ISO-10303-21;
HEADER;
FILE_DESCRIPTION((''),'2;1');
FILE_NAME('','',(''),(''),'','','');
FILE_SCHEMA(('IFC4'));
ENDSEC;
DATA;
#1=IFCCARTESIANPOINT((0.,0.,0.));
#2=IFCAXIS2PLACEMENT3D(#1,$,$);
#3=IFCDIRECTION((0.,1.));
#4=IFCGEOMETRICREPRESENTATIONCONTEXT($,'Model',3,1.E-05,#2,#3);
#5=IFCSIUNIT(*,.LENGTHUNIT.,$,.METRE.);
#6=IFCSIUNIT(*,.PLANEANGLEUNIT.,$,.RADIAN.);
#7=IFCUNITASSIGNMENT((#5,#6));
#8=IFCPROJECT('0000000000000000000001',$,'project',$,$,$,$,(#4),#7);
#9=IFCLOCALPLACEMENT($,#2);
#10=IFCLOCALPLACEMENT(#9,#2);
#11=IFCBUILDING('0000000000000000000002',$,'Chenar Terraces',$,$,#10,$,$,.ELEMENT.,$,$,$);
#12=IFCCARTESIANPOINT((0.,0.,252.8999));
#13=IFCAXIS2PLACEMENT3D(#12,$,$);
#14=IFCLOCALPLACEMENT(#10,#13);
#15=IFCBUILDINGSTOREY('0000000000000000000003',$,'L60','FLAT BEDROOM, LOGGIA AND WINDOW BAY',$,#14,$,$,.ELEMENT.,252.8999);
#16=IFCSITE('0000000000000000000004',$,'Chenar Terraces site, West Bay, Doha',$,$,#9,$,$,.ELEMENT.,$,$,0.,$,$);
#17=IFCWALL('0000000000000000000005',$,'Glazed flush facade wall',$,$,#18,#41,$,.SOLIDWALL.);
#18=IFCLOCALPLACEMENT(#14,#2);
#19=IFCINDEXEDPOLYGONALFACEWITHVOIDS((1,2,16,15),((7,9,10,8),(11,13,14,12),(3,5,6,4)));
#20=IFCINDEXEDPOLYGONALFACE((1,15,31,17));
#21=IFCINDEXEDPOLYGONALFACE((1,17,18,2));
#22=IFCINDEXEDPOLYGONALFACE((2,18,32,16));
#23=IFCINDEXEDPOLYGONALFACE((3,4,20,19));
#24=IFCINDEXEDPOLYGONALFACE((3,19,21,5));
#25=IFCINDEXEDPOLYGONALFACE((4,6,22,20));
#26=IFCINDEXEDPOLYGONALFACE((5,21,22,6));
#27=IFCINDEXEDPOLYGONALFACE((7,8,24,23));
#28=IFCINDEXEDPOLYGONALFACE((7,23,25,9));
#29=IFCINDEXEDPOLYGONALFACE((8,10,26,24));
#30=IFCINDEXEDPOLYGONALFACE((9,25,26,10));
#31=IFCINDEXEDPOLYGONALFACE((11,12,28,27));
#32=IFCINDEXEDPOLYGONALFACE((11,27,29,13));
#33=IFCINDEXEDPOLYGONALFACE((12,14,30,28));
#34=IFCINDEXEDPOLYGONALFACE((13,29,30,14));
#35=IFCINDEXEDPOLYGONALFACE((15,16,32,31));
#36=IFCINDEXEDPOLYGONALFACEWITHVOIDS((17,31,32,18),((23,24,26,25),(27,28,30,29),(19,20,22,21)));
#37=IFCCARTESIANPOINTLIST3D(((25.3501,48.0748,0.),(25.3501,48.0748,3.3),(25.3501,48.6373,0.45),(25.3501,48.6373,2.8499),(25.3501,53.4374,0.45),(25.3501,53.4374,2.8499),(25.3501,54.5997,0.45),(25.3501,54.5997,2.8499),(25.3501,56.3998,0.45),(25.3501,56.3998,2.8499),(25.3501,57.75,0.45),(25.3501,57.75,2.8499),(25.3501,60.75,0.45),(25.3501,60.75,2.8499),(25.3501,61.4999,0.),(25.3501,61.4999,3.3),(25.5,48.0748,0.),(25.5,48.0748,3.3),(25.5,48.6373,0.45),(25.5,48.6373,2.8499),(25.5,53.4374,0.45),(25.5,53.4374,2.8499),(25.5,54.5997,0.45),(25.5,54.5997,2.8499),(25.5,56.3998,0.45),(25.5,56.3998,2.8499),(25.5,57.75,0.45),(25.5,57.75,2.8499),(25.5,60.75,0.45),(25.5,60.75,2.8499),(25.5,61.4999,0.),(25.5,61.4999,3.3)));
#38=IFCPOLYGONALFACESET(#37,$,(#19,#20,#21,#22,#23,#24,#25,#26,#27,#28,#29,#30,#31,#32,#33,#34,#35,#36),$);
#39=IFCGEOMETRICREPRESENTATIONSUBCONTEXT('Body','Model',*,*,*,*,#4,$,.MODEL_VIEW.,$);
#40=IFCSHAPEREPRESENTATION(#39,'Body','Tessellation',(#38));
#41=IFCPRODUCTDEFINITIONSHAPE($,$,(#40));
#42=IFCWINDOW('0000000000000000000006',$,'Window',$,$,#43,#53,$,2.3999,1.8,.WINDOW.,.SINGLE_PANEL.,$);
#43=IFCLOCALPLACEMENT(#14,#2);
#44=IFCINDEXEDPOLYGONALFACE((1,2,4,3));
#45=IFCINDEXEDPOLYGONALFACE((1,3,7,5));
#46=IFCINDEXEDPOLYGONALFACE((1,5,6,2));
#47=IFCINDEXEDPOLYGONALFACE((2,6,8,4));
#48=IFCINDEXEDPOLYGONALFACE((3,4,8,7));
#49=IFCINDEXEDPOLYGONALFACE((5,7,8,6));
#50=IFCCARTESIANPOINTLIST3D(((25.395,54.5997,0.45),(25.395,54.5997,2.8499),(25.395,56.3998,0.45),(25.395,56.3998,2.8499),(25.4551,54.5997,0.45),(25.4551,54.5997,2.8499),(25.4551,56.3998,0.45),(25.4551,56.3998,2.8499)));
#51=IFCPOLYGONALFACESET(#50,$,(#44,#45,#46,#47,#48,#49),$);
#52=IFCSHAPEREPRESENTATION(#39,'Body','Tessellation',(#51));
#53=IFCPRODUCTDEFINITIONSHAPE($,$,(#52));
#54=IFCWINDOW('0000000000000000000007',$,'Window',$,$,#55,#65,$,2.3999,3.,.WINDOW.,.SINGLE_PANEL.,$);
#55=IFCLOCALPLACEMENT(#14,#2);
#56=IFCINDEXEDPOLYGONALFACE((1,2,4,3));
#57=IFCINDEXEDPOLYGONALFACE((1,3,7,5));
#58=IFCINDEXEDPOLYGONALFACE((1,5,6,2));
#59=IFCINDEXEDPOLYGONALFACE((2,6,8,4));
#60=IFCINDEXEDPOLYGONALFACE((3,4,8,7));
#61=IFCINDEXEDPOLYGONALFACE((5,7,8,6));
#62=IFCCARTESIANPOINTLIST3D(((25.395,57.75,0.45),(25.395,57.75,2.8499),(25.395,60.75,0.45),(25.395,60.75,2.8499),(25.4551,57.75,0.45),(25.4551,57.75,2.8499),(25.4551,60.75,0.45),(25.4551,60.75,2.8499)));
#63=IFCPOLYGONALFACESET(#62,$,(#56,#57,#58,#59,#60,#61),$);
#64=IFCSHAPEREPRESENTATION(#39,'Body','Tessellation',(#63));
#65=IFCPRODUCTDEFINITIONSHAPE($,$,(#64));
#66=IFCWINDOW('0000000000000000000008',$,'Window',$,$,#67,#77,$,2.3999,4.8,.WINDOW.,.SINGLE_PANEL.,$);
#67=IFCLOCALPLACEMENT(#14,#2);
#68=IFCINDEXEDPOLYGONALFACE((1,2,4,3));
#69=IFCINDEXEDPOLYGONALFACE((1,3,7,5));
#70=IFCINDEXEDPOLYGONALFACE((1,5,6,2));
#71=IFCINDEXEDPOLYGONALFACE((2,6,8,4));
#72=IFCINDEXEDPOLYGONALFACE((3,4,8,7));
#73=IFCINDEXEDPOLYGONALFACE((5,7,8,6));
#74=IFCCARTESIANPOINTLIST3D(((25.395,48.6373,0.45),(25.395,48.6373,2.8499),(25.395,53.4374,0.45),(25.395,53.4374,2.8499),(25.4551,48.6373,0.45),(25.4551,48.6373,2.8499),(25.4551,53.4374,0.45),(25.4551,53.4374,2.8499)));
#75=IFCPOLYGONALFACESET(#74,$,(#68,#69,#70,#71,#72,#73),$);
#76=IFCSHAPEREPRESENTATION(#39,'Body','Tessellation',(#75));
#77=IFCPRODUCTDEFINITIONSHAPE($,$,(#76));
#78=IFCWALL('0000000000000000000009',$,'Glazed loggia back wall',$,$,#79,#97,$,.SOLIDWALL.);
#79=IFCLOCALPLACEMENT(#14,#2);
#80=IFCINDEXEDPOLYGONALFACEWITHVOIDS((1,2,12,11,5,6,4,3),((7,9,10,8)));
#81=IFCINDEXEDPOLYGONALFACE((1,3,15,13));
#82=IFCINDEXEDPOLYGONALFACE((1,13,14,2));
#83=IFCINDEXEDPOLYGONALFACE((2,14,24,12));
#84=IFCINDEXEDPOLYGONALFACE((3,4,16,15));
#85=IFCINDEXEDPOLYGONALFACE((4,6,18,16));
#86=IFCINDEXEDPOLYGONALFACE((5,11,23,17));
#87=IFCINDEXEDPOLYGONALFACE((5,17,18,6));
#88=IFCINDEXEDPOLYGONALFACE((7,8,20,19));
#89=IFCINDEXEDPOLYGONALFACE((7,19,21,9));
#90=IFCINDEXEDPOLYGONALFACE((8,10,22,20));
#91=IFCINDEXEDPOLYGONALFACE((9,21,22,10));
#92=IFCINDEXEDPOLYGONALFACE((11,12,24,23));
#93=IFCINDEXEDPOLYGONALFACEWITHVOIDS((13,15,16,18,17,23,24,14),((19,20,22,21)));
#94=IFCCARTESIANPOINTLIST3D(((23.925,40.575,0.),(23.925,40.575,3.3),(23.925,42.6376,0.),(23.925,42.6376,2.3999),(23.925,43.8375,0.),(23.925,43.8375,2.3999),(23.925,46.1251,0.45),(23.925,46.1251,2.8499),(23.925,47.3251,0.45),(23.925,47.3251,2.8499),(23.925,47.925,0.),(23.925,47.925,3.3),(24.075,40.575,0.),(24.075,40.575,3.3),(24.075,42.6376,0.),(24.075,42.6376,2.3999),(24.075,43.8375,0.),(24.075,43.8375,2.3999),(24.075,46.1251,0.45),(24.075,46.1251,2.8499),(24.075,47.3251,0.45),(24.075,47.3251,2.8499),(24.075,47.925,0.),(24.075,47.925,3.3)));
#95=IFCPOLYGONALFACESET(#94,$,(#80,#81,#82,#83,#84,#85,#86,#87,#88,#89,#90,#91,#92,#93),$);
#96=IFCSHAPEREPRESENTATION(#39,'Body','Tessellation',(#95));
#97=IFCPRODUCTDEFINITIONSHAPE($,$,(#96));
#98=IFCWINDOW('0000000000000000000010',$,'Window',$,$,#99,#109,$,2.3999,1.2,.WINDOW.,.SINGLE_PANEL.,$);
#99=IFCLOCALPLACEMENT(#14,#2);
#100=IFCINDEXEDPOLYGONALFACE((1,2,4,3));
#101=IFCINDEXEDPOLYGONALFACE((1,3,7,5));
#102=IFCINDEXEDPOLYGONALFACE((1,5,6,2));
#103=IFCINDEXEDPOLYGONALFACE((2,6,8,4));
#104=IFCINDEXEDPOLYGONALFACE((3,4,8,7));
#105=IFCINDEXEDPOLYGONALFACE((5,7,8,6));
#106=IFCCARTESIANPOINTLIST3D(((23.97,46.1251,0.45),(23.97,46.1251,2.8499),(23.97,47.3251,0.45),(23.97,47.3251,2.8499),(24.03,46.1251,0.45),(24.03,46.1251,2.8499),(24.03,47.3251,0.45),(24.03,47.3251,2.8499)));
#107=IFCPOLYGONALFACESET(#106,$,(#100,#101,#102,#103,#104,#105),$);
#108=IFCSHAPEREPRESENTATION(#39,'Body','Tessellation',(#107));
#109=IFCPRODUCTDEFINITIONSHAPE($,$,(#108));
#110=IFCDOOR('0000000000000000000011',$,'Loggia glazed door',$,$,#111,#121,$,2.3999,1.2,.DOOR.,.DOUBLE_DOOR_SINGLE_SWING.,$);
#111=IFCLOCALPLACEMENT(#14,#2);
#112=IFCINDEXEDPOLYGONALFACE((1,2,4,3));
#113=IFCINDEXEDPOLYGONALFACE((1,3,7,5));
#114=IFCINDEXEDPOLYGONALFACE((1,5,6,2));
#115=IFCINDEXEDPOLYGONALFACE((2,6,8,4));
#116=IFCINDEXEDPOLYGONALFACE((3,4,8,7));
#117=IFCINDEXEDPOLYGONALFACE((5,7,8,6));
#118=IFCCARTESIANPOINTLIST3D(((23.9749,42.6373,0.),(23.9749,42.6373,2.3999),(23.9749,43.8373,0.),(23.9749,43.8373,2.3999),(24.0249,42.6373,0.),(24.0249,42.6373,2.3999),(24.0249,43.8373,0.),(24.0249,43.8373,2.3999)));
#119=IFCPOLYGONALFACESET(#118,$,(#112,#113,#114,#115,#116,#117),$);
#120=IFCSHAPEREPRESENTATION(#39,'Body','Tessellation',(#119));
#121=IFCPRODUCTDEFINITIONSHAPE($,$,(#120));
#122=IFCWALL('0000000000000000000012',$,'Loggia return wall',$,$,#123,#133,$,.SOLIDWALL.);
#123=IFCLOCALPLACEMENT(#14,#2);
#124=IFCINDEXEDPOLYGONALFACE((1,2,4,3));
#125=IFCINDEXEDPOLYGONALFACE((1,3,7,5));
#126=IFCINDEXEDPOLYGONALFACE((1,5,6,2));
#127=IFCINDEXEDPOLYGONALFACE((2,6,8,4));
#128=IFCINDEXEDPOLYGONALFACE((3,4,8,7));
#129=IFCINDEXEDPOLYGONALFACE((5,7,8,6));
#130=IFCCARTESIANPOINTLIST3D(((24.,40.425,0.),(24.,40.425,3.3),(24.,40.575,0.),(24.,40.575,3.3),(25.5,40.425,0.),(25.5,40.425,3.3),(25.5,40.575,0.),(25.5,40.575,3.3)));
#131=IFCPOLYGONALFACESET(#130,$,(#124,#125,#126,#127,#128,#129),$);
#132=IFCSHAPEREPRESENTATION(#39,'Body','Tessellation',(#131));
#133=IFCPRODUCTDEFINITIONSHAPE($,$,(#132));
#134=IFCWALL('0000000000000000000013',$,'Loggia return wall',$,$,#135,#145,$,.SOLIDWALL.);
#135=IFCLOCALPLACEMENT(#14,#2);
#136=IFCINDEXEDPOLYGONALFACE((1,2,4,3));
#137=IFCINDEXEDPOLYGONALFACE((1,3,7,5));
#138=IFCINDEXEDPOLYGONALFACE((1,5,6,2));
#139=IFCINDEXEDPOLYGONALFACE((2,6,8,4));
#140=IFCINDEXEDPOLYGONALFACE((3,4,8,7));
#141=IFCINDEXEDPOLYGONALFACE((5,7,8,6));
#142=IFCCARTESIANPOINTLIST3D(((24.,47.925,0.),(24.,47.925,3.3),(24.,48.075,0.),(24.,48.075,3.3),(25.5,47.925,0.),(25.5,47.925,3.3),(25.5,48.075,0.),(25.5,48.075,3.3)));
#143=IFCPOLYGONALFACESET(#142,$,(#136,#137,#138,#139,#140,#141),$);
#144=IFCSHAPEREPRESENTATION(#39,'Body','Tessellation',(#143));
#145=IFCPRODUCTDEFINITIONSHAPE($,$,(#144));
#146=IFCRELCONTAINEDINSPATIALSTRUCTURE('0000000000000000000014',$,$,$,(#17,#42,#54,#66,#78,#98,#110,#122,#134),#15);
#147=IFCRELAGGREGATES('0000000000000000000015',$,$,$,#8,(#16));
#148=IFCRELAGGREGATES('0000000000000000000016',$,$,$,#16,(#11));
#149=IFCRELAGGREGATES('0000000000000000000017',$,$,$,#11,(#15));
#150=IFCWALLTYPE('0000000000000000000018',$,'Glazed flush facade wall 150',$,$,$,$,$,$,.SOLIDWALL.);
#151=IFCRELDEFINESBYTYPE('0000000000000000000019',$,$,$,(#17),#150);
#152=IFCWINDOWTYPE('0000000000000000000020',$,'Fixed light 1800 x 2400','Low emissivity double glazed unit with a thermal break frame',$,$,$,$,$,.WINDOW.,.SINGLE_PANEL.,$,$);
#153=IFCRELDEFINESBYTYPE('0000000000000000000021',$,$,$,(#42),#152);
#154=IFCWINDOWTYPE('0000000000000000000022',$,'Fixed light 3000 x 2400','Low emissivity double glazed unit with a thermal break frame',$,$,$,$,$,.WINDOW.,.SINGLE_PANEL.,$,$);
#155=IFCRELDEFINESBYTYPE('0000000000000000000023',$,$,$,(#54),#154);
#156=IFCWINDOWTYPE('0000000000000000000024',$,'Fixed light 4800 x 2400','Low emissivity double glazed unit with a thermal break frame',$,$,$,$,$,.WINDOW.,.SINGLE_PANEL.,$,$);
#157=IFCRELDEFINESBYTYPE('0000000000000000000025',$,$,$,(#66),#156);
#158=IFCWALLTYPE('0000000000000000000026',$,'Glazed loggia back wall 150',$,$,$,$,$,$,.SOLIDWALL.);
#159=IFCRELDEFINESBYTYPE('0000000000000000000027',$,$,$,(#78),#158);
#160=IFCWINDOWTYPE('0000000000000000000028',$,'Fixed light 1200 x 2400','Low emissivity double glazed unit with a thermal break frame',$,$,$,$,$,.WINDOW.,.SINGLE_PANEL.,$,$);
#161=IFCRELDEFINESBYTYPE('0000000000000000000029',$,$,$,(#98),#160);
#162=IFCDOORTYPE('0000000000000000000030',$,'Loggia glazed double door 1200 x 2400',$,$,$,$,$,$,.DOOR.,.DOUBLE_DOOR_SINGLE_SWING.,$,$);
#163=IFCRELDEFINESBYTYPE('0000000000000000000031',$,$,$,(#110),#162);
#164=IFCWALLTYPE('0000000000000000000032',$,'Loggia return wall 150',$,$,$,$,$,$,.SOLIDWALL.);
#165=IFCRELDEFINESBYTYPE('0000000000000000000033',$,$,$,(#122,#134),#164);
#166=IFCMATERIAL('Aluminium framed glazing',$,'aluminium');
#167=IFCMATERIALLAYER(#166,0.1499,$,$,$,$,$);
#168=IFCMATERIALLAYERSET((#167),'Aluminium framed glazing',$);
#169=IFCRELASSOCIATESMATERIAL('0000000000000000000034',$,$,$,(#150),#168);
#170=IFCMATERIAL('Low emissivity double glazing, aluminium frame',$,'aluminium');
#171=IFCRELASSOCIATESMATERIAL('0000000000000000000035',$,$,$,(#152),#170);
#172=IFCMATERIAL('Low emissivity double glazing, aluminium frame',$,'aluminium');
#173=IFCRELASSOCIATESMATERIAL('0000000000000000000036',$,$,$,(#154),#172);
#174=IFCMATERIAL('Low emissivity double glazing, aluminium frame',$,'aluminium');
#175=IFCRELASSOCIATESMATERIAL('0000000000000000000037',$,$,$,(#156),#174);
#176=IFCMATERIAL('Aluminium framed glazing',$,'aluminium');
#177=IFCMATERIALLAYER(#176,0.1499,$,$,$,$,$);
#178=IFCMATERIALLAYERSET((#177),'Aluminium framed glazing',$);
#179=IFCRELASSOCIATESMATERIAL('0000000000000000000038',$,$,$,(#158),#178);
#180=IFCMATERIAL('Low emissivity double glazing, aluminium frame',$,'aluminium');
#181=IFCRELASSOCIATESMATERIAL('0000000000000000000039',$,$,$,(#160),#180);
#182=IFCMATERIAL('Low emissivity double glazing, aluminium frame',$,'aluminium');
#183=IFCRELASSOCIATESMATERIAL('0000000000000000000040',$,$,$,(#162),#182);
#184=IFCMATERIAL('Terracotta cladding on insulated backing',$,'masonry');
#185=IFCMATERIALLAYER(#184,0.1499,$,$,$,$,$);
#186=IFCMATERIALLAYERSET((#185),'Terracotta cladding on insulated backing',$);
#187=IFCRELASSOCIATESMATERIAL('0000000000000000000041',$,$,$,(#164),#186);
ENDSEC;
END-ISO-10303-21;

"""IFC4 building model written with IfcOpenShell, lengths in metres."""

from ifc_helpers import new_model, si_unit, direction, frame, frame_2d, origin, place, context, subcontext, project, spatial, rectangle, extrude, material, layer, layer_set, type_object, element, fill, save


model = new_model("IFC4")

# Units and contexts
model_context = context("Model", 3, precision=1e-05, world=origin(), true_north=direction((0.0, 1.0)))
body_context = subcontext(model_context, "Body", "Model", "MODEL_VIEW")
ifc_project = project(units=[si_unit("LENGTHUNIT", "METRE"), si_unit("PLANEANGLEUNIT", "RADIAN")], contexts=[model_context])

# Site, building, storey
site_placement = place(None, origin())
site = spatial("IfcSite", under=ifc_project, at=site_placement, Name="Chenar Terraces site, West Bay, Doha", CompositionType="ELEMENT", RefElevation=0.0)
building_placement = place(site_placement, origin())
building = spatial("IfcBuilding", under=site, at=building_placement, Name="Chenar Terraces", CompositionType="ELEMENT")
storey_placement = place(building_placement, frame((0.0, 0.0, 252.8999)))
storey = spatial("IfcBuildingStorey", under=building, at=storey_placement, Name="L60", Description="FLAT BEDROOM, LOGGIA AND WINDOW BAY", CompositionType="ELEMENT", Elevation=252.8999)

# Wall, openings, windows
ifc_material_1 = material(Name="Aluminium framed glazing", Category="aluminium")
ifc_layer_1 = layer(ifc_material_1, 0.1499)
ifc_layer_set_1 = layer_set([ifc_layer_1], Name="Aluminium framed glazing")
wall_type_1 = type_object("IfcWallType", Name="Glazed flush facade wall 150", PredefinedType="SOLIDWALL", material=ifc_layer_set_1)
wall_1_placement = place(storey_placement, frame((25.425, 48.075, 0.0), z_axis=(0.0, 0.0, 1.0), x_axis=(0.0, 1.0, 0.0)))
wall_1 = element("IfcWall", 1, at=wall_1_placement, inside=storey, type_object=wall_type_1, Name="Glazed flush facade wall", PredefinedType="SOLIDWALL", context=body_context, shape_type="SweptSolid", body=[
    extrude(rectangle(XDim=13.425, YDim=0.1499, at=frame_2d((6.7124, 0.0))), origin(), (0.0, 0.0, 1.0), 3.3),
])
opening_1_placement = place(wall_1_placement, frame((0.5625, 0.0, 0.45)))
opening_1 = element("IfcOpeningElement", 2, at=opening_1_placement, cuts=wall_1, PredefinedType="OPENING", context=body_context, shape_type="SweptSolid", body=[
    extrude(rectangle(XDim=4.8, YDim=2.3999, at=frame_2d((2.3999, 1.2))), frame((0.0, 0.085, 0.0), z_axis=(0.0, -1.0, 0.0), x_axis=(1.0, 0.0, 0.0)), (0.0, 0.0, 1.0), 0.1699),
])
opening_2_placement = place(wall_1_placement, frame((6.5249, 0.0, 0.45)))
opening_2 = element("IfcOpeningElement", 3, at=opening_2_placement, cuts=wall_1, PredefinedType="OPENING", context=body_context, shape_type="SweptSolid", body=[
    extrude(rectangle(XDim=1.8, YDim=2.3999, at=frame_2d((0.8999, 1.2))), frame((0.0, 0.085, 0.0), z_axis=(0.0, -1.0, 0.0), x_axis=(1.0, 0.0, 0.0)), (0.0, 0.0, 1.0), 0.1699),
])
opening_3_placement = place(wall_1_placement, frame((9.675, 0.0, 0.45)))
opening_3 = element("IfcOpeningElement", 4, at=opening_3_placement, cuts=wall_1, PredefinedType="OPENING", context=body_context, shape_type="SweptSolid", body=[
    extrude(rectangle(XDim=3.0, YDim=2.3999, at=frame_2d((1.5, 1.2))), frame((0.0, 0.085, 0.0), z_axis=(0.0, -1.0, 0.0), x_axis=(1.0, 0.0, 0.0)), (0.0, 0.0, 1.0), 0.1699),
])
ifc_material_2 = material(Name="Low emissivity double glazing, aluminium frame", Category="aluminium")
window_type_1 = type_object("IfcWindowType", Name="Fixed light 1800 x 2400", Description="Low emissivity double glazed unit with a thermal break frame", PartitioningType="SINGLE_PANEL", PredefinedType="WINDOW", material=ifc_material_2)
window_1_placement = place(opening_2_placement, origin())
window_1 = element("IfcWindow", 5, at=window_1_placement, inside=storey, type_object=window_type_1, Name="Window", OverallHeight=2.3999, OverallWidth=1.8, PartitioningType="SINGLE_PANEL", PredefinedType="WINDOW", context=body_context, shape_type="SweptSolid", body=[
    extrude(rectangle(XDim=1.8, YDim=2.3999, at=frame_2d((0.8999, 1.2))), frame((0.0, 0.03, 0.0), z_axis=(0.0, -1.0, 0.0), x_axis=(1.0, 0.0, 0.0)), (0.0, 0.0, 1.0), 0.0601),
])
fill(opening_2, window_1)
ifc_material_3 = material(Name="Low emissivity double glazing, aluminium frame", Category="aluminium")
window_type_2 = type_object("IfcWindowType", Name="Fixed light 3000 x 2400", Description="Low emissivity double glazed unit with a thermal break frame", PartitioningType="SINGLE_PANEL", PredefinedType="WINDOW", material=ifc_material_3)
window_2_placement = place(opening_3_placement, origin())
window_2 = element("IfcWindow", 6, at=window_2_placement, inside=storey, type_object=window_type_2, Name="Window", OverallHeight=2.3999, OverallWidth=3.0, PartitioningType="SINGLE_PANEL", PredefinedType="WINDOW", context=body_context, shape_type="SweptSolid", body=[
    extrude(rectangle(XDim=3.0, YDim=2.3999, at=frame_2d((1.5, 1.2))), frame((0.0, 0.03, 0.0), z_axis=(0.0, -1.0, 0.0), x_axis=(1.0, 0.0, 0.0)), (0.0, 0.0, 1.0), 0.0601),
])
fill(opening_3, window_2)
ifc_material_4 = material(Name="Low emissivity double glazing, aluminium frame", Category="aluminium")
window_type_3 = type_object("IfcWindowType", Name="Fixed light 4800 x 2400", Description="Low emissivity double glazed unit with a thermal break frame", PartitioningType="SINGLE_PANEL", PredefinedType="WINDOW", material=ifc_material_4)
window_3_placement = place(opening_1_placement, origin())
window_3 = element("IfcWindow", 7, at=window_3_placement, inside=storey, type_object=window_type_3, Name="Window", OverallHeight=2.3999, OverallWidth=4.8, PartitioningType="SINGLE_PANEL", PredefinedType="WINDOW", context=body_context, shape_type="SweptSolid", body=[
    extrude(rectangle(XDim=4.8, YDim=2.3999, at=frame_2d((2.3999, 1.2))), frame((0.0, 0.03, 0.0), z_axis=(0.0, -1.0, 0.0), x_axis=(1.0, 0.0, 0.0)), (0.0, 0.0, 1.0), 0.0601),
])
fill(opening_1, window_3)

# Wall, openings, window, door
ifc_material_5 = material(Name="Aluminium framed glazing", Category="aluminium")
ifc_layer_2 = layer(ifc_material_5, 0.1499)
ifc_layer_set_2 = layer_set([ifc_layer_2], Name="Aluminium framed glazing")
wall_type_2 = type_object("IfcWallType", Name="Glazed loggia back wall 150", PredefinedType="SOLIDWALL", material=ifc_layer_set_2)
wall_2_placement = place(storey_placement, frame((24.0, 40.575, 0.0), z_axis=(0.0, 0.0, 1.0), x_axis=(0.0, 1.0, 0.0)))
wall_2 = element("IfcWall", 8, at=wall_2_placement, inside=storey, type_object=wall_type_2, Name="Glazed loggia back wall", PredefinedType="SOLIDWALL", context=body_context, shape_type="SweptSolid", body=[
    extrude(rectangle(XDim=7.3501, YDim=0.1499, at=frame_2d((3.675, 0.0))), origin(), (0.0, 0.0, 1.0), 3.3),
])
opening_4_placement = place(wall_2_placement, frame((2.0625, 0.0, 0.0)))
opening_4 = element("IfcOpeningElement", 9, at=opening_4_placement, cuts=wall_2, PredefinedType="OPENING", context=body_context, shape_type="SweptSolid", body=[
    extrude(rectangle(XDim=1.2, YDim=2.3999, at=frame_2d((0.6001, 1.2))), frame((0.0, 0.085, 0.0), z_axis=(0.0, -1.0, 0.0), x_axis=(1.0, 0.0, 0.0)), (0.0, 0.0, 1.0), 0.1699),
])
opening_5_placement = place(wall_2_placement, frame((5.55, 0.0, 0.45)))
opening_5 = element("IfcOpeningElement", 10, at=opening_5_placement, cuts=wall_2, PredefinedType="OPENING", context=body_context, shape_type="SweptSolid", body=[
    extrude(rectangle(XDim=1.2, YDim=2.3999, at=frame_2d((0.6001, 1.2))), frame((0.0, 0.085, 0.0), z_axis=(0.0, -1.0, 0.0), x_axis=(1.0, 0.0, 0.0)), (0.0, 0.0, 1.0), 0.1699),
])
ifc_material_6 = material(Name="Low emissivity double glazing, aluminium frame", Category="aluminium")
window_type_4 = type_object("IfcWindowType", Name="Fixed light 1200 x 2400", Description="Low emissivity double glazed unit with a thermal break frame", PartitioningType="SINGLE_PANEL", PredefinedType="WINDOW", material=ifc_material_6)
window_4_placement = place(opening_5_placement, origin())
window_4 = element("IfcWindow", 11, at=window_4_placement, inside=storey, type_object=window_type_4, Name="Window", OverallHeight=2.3999, OverallWidth=1.2, PartitioningType="SINGLE_PANEL", PredefinedType="WINDOW", context=body_context, shape_type="SweptSolid", body=[
    extrude(rectangle(XDim=1.2, YDim=2.3999, at=frame_2d((0.6001, 1.2))), frame((0.0, 0.03, 0.0), z_axis=(0.0, -1.0, 0.0), x_axis=(1.0, 0.0, 0.0)), (0.0, 0.0, 1.0), 0.0601),
])
fill(opening_5, window_4)
ifc_material_7 = material(Name="Low emissivity double glazing, aluminium frame", Category="aluminium")
door_type = type_object("IfcDoorType", Name="Loggia glazed double door 1200 x 2400", OperationType="DOUBLE_DOOR_SINGLE_SWING", PredefinedType="DOOR", material=ifc_material_7)
door_placement = place(opening_4_placement, frame((1.2, 0.0, 0.0), z_axis=(0.0, 0.0, 1.0), x_axis=(-1.0, 0.0, 0.0)))
door = element("IfcDoor", 12, at=door_placement, inside=storey, type_object=door_type, Name="Loggia glazed door", OperationType="DOUBLE_DOOR_SINGLE_SWING", OverallHeight=2.3999, OverallWidth=1.2, PredefinedType="DOOR", context=body_context, shape_type="SweptSolid", body=[
    extrude(rectangle(XDim=1.2, YDim=2.3999, at=frame_2d((0.6001, 1.2))), frame((0.0, 0.0249, 0.0), z_axis=(0.0, -1.0, 0.0), x_axis=(1.0, 0.0, 0.0)), (0.0, 0.0, 1.0), 0.05),
])
fill(opening_4, door)

# Walls
ifc_material_8 = material(Name="Terracotta cladding on insulated backing", Category="masonry")
ifc_layer_3 = layer(ifc_material_8, 0.1499)
ifc_layer_set_3 = layer_set([ifc_layer_3], Name="Terracotta cladding on insulated backing")
wall_type_3 = type_object("IfcWallType", Name="Loggia return wall 150", PredefinedType="SOLIDWALL", material=ifc_layer_set_3)
for number, where, z_axis, x_axis, name in (
    (13, (25.5, 40.5, 0.0), (0.0, 0.0, 1.0), (-1.0, 0.0, 0.0), "Loggia return wall"),
    (14, (25.5, 48.0, 0.0), (0.0, 0.0, 1.0), (-1.0, 0.0, 0.0), "Loggia return wall"),
):
    element("IfcWall", number, at=place(storey_placement, frame(where, z_axis=z_axis, x_axis=x_axis)), inside=storey, type_object=wall_type_3, Name=name, PredefinedType="SOLIDWALL", context=body_context, shape_type="SweptSolid", body=[
        extrude(rectangle(XDim=1.5, YDim=0.1499, at=frame_2d((0.75, 0.0))), origin(), (0.0, 0.0, 1.0), 3.3),
    ])

save(model, "model.ifc")
